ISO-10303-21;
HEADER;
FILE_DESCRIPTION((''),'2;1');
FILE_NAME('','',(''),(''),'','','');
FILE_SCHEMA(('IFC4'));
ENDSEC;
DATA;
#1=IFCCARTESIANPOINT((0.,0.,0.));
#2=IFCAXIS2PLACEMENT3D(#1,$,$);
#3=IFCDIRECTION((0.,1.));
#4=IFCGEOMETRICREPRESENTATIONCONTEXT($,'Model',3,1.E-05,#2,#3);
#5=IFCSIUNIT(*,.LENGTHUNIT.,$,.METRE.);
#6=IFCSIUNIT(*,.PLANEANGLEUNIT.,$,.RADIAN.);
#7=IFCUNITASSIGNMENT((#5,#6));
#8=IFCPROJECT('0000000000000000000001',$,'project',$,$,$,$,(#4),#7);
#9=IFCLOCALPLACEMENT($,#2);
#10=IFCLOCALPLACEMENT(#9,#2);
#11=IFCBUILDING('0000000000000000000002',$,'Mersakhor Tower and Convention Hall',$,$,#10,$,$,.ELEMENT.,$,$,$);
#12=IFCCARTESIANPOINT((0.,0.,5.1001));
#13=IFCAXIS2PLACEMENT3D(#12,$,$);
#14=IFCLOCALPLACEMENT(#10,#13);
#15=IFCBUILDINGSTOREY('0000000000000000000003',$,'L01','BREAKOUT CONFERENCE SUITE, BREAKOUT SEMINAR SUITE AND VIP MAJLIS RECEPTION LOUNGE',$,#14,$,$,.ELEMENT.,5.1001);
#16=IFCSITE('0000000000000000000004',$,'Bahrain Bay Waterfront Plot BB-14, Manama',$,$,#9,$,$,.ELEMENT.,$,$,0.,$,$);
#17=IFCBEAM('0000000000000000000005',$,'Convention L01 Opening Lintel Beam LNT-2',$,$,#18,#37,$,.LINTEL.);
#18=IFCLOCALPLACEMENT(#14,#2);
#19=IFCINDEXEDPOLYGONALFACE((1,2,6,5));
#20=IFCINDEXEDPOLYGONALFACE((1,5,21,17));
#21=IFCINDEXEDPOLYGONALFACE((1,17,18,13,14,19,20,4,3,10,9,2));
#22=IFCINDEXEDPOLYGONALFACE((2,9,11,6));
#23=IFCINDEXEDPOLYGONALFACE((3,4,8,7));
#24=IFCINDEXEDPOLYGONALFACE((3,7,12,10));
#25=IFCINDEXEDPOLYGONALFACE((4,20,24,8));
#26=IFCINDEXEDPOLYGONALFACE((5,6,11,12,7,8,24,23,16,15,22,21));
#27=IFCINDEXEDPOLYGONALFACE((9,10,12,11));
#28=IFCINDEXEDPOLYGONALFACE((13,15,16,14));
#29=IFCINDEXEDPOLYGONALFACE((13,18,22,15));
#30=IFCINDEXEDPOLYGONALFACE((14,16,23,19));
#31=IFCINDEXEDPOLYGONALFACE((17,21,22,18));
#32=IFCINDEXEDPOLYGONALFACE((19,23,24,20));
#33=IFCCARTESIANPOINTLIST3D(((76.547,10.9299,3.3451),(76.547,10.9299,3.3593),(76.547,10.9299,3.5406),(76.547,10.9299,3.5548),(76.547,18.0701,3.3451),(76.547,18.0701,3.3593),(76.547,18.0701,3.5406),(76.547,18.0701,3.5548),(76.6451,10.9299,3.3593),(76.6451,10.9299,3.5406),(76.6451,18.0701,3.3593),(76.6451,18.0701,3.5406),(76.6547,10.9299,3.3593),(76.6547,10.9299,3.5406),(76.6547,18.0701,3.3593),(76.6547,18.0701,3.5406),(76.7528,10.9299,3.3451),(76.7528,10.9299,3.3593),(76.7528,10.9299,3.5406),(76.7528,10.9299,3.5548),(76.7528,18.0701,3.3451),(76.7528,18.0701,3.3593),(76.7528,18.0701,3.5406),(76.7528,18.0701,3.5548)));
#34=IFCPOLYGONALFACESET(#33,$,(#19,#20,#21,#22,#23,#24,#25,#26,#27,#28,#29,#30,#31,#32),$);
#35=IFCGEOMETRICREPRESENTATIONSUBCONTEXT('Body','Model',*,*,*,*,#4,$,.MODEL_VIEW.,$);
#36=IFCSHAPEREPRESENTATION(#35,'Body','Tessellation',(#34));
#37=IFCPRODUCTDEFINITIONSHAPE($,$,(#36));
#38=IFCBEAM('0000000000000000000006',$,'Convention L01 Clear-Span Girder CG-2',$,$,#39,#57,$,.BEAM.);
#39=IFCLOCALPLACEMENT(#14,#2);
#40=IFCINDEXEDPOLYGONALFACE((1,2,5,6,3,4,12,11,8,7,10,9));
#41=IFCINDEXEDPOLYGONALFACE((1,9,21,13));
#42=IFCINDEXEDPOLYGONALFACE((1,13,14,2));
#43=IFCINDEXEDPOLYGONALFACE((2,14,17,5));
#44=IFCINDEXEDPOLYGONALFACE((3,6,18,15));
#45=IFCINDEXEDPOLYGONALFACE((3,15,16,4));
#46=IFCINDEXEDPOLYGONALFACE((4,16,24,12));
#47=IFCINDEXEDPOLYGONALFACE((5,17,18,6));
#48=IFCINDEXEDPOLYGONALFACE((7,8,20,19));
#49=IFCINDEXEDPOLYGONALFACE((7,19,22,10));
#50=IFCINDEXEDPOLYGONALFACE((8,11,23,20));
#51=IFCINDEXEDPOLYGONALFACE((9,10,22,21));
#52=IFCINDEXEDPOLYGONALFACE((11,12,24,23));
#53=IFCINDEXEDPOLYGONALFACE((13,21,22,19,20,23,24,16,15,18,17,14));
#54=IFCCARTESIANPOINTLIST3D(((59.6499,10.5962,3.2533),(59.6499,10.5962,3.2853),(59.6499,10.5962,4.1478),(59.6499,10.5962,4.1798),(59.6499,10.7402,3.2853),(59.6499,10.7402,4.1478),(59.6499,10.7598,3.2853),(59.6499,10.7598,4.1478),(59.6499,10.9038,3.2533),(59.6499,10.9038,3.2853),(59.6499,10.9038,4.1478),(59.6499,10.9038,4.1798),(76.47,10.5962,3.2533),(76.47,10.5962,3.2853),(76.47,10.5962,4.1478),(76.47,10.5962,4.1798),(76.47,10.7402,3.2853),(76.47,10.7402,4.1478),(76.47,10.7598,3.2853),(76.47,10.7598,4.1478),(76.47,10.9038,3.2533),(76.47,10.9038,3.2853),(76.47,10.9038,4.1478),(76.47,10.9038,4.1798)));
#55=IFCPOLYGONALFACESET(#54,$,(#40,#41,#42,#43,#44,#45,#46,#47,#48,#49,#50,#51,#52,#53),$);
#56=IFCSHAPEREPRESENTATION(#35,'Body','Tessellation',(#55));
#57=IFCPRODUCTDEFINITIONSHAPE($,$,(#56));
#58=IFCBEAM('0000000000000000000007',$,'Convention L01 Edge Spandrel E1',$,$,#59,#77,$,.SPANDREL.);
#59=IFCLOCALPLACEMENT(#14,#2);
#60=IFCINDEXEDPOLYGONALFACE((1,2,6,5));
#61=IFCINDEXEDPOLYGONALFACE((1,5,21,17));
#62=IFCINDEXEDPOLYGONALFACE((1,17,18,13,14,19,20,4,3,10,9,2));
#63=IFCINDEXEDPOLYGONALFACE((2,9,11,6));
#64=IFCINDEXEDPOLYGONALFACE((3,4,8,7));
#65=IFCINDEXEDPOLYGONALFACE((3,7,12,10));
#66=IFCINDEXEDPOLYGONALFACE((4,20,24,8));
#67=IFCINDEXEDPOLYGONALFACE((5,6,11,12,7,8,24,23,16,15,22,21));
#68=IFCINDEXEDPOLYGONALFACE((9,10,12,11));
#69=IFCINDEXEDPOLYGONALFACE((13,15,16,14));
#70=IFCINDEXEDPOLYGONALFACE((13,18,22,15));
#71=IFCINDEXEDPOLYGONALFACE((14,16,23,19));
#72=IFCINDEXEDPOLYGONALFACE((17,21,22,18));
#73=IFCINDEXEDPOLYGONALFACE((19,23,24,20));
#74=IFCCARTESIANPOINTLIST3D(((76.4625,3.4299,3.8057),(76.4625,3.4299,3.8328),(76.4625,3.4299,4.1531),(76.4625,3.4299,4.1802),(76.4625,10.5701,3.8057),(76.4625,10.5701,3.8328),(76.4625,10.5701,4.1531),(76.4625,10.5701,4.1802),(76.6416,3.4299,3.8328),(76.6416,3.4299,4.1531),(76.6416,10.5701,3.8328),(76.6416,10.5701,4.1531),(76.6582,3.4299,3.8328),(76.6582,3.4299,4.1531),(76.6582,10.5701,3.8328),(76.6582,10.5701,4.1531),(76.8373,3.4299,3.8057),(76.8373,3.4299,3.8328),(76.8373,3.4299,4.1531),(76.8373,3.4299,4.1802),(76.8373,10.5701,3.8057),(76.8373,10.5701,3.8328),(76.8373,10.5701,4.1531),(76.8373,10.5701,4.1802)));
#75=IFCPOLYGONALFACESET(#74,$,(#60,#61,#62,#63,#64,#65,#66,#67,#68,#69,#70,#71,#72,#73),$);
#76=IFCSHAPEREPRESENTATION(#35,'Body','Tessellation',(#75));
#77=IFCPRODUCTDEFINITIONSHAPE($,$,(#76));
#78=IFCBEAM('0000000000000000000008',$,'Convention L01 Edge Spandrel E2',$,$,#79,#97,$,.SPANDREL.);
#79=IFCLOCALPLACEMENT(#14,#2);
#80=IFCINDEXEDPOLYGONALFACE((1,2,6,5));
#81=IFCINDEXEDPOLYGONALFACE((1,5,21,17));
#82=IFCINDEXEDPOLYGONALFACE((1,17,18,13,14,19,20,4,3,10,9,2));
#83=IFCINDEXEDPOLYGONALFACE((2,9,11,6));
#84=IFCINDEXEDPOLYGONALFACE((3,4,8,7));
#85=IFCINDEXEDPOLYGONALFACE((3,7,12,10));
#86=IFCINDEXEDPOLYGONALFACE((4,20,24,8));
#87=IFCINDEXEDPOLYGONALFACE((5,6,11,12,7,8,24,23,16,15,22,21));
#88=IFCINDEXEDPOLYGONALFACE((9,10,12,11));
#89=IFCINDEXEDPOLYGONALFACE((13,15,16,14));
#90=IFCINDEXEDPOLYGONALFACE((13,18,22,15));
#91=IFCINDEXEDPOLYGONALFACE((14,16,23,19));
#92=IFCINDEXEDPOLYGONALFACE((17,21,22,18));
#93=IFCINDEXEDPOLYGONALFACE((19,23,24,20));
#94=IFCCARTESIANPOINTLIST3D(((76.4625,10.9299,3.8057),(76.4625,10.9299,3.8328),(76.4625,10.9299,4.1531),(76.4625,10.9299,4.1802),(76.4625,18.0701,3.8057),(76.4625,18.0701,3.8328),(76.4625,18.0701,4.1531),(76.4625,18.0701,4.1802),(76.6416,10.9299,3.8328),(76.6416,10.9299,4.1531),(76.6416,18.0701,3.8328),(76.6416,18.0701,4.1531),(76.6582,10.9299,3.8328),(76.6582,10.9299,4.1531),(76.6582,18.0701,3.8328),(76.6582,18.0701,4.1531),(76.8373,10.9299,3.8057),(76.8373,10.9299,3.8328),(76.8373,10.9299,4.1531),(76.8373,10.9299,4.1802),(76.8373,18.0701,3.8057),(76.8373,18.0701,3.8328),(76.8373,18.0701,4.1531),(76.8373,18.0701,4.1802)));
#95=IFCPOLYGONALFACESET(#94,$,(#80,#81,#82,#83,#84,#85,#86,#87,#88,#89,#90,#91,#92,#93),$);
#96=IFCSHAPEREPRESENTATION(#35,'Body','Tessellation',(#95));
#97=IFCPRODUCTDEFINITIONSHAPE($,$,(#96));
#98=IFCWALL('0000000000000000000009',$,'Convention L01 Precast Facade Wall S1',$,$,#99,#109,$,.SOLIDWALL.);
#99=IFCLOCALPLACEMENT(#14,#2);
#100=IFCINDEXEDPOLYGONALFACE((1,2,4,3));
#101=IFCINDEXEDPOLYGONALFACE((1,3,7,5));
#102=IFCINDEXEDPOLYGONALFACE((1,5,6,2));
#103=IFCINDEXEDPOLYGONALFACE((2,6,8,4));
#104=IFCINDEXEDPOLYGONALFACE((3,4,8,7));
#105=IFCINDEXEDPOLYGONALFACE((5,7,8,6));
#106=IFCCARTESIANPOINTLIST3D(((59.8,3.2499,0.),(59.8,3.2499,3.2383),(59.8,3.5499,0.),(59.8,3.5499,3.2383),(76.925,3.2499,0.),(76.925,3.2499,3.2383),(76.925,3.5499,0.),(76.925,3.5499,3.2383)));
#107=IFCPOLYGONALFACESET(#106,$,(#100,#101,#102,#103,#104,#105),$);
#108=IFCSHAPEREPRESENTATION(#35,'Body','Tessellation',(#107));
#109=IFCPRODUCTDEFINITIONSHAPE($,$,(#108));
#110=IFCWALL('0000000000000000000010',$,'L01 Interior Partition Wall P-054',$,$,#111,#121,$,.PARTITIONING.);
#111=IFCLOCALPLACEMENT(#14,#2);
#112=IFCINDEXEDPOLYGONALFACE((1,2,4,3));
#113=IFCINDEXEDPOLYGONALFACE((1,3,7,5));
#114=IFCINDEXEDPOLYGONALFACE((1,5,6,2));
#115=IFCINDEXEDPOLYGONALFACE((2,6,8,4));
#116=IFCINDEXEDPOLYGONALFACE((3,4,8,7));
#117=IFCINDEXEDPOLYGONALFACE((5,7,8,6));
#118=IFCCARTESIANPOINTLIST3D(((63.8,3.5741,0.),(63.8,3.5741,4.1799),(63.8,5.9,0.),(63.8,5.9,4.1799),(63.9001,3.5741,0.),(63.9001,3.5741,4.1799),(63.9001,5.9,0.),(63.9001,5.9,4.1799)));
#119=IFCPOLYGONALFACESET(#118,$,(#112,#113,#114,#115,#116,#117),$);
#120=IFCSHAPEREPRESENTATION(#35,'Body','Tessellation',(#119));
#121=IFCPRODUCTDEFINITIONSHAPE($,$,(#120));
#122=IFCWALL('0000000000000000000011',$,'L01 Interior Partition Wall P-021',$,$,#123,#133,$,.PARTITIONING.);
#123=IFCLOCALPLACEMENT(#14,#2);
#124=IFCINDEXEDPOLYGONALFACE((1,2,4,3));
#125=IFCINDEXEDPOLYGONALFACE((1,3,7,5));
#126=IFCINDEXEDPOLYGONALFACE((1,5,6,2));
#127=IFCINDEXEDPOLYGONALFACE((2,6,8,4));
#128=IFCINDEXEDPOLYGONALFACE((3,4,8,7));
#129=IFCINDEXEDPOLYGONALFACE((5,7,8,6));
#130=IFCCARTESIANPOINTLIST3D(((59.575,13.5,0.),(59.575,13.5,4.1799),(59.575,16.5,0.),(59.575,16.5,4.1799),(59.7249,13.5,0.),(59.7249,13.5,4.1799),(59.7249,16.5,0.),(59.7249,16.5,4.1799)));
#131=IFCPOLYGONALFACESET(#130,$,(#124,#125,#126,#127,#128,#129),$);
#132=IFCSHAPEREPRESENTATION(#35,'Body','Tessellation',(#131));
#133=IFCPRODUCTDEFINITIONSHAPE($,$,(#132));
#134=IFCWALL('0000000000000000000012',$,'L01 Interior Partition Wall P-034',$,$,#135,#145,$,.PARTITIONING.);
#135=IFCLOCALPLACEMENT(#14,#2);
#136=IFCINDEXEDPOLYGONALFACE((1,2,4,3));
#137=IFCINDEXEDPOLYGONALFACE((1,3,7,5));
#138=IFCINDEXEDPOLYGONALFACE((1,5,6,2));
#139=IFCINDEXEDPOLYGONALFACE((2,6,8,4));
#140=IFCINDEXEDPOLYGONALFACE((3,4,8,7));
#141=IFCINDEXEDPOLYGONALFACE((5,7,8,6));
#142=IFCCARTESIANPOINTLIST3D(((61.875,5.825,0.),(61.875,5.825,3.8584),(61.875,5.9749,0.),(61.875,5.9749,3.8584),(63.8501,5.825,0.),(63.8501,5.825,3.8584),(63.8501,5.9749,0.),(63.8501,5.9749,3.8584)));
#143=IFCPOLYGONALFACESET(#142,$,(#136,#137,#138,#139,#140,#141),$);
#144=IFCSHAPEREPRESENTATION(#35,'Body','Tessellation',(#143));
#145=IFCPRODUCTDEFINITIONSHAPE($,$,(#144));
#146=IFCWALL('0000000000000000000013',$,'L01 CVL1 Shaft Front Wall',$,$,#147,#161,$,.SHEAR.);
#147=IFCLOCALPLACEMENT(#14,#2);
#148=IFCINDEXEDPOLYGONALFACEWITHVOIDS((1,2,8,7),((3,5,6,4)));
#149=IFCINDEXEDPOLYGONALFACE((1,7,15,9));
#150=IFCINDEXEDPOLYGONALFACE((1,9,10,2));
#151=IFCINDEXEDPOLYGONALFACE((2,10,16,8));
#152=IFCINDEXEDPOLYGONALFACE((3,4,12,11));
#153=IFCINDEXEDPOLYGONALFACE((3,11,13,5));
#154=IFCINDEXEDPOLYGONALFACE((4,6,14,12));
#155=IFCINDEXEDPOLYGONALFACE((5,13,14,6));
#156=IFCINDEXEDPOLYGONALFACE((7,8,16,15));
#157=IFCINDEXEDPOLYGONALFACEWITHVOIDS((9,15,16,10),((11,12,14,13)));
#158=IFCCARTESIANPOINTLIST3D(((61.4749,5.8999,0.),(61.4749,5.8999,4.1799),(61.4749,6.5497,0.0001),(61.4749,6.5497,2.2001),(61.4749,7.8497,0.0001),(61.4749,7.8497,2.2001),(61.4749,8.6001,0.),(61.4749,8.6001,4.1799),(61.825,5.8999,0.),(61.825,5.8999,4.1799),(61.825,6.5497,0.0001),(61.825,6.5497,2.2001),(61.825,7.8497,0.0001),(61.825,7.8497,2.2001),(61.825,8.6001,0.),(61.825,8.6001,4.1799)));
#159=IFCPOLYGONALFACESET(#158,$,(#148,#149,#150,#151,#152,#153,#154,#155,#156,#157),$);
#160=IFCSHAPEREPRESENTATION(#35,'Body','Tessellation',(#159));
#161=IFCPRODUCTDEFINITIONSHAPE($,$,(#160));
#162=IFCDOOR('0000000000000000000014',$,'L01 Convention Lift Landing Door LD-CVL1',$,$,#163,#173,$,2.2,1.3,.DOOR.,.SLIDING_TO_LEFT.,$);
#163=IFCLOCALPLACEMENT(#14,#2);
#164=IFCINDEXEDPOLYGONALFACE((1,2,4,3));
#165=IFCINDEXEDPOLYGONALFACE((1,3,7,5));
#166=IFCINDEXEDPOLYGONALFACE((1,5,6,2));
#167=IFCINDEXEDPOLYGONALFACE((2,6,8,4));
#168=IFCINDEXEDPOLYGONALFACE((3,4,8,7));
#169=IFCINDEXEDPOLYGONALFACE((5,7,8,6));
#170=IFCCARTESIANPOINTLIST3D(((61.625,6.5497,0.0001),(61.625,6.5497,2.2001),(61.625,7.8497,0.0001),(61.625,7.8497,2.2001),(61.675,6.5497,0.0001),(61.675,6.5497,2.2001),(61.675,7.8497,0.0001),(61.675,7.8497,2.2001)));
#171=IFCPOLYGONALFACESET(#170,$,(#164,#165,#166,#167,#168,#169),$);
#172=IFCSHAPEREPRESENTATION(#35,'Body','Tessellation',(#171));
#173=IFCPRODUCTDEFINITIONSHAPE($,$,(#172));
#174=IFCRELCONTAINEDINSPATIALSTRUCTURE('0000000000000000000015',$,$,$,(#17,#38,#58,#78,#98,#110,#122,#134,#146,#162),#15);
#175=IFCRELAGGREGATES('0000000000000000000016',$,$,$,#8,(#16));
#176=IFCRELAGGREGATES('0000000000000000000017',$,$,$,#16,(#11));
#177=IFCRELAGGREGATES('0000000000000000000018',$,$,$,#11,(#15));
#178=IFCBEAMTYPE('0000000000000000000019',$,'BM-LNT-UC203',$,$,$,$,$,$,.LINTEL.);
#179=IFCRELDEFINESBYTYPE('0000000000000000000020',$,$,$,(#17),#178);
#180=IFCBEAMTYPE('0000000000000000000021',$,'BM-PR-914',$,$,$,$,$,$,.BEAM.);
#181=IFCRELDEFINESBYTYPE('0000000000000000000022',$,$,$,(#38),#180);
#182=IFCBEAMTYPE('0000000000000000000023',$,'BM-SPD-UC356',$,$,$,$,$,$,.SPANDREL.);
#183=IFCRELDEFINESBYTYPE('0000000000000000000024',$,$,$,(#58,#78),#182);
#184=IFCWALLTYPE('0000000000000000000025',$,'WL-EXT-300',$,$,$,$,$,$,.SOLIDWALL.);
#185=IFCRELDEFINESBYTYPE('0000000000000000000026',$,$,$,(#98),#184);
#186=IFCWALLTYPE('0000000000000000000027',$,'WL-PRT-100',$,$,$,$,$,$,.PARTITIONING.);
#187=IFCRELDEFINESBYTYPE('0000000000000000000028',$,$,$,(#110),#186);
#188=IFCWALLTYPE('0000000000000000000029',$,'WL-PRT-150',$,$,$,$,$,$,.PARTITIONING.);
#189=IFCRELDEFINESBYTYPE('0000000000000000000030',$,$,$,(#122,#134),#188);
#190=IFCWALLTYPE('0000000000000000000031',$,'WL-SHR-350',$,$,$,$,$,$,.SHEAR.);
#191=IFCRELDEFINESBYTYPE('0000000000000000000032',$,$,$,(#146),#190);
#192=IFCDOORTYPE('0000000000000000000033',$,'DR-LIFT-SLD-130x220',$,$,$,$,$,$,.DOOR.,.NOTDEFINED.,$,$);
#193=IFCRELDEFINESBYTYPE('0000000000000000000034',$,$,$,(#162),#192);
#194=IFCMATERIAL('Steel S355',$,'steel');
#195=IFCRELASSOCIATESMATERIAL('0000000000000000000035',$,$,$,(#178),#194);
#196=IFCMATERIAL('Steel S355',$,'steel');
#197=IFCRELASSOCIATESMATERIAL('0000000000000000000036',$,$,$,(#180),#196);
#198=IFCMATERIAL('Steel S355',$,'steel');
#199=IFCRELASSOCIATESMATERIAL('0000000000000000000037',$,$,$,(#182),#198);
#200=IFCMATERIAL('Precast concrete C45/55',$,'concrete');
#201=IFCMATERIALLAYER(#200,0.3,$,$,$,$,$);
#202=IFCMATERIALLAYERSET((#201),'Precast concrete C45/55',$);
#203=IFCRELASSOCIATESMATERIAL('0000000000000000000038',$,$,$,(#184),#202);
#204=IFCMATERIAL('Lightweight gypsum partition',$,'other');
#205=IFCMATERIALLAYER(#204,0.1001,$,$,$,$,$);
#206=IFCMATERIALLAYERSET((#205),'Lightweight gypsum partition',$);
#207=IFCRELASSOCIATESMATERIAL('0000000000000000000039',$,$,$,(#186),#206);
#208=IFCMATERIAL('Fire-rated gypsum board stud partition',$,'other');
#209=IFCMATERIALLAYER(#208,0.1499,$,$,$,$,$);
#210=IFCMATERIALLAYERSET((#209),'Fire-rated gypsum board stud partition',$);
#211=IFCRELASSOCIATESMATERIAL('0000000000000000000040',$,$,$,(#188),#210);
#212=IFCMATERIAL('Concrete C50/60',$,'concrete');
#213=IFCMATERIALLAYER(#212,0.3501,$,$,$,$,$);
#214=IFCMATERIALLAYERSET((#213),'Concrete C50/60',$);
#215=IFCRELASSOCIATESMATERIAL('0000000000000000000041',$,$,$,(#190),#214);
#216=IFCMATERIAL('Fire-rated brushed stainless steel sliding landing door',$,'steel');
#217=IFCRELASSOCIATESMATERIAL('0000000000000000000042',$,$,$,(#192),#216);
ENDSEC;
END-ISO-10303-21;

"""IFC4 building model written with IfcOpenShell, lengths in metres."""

from ifc_helpers import new_model, si_unit, direction, frame, frame_2d, origin, origin_2d, place, context, subcontext, project, spatial, rectangle, i_section, extrude, material, layer, layer_set, material_profile, profile_set, type_object, element, fill, save


model = new_model("IFC4")

# Units and contexts
model_context = context("Model", 3, precision=1e-05, world=origin(), true_north=direction((0.0, 1.0)))
body_context = subcontext(model_context, "Body", "Model", "MODEL_VIEW")
ifc_project = project(units=[si_unit("LENGTHUNIT", "METRE"), si_unit("PLANEANGLEUNIT", "RADIAN")], contexts=[model_context])

# Site, building, storey
site_placement = place(None, origin())
site = spatial("IfcSite", under=ifc_project, at=site_placement, Name="Bahrain Bay Waterfront Plot BB-14, Manama", CompositionType="ELEMENT", RefElevation=0.0)
building_placement = place(site_placement, origin())
building = spatial("IfcBuilding", under=site, at=building_placement, Name="Mersakhor Tower and Convention Hall", CompositionType="ELEMENT")
storey_placement = place(building_placement, frame((0.0, 0.0, 5.1001)))
storey = spatial("IfcBuildingStorey", under=building, at=storey_placement, Name="L01", Description="BREAKOUT CONFERENCE SUITE, BREAKOUT SEMINAR SUITE AND VIP MAJLIS RECEPTION LOUNGE", CompositionType="ELEMENT", Elevation=5.1001)

# Beams
ifc_material_1 = material(Name="Steel S355", Category="steel")
ifc_material_profile_1 = material_profile(ifc_material_1, i_section(OverallWidth=0.2058, OverallDepth=0.2097, WebThickness=0.0095, FlangeThickness=0.0142, at=origin_2d()), Name="UC 203x203x60")
ifc_profile_set_1 = profile_set([ifc_material_profile_1], Name="Steel S355")
beam_type_1 = type_object("IfcBeamType", Name="BM-LNT-UC203", PredefinedType="LINTEL", material=ifc_profile_set_1)
beam_1_placement = place(storey_placement, frame((76.6499, 10.9299, 3.45), z_axis=(0.0, 1.0, 0.0), x_axis=(-1.0, 0.0, 0.0)))
element("IfcBeam", 1, at=beam_1_placement, inside=storey, type_object=beam_type_1, Name="Convention L01 Opening Lintel Beam LNT-2", PredefinedType="LINTEL", context=body_context, shape_type="SweptSolid", body=[
    extrude(i_section(OverallWidth=0.2058, OverallDepth=0.2097, WebThickness=0.0095, FlangeThickness=0.0142, at=origin_2d()), origin(), (0.0, 0.0, 1.0), 7.1401),
])
ifc_material_2 = material(Name="Steel S355", Category="steel")
ifc_material_profile_2 = material_profile(ifc_material_2, i_section(OverallWidth=0.3076, OverallDepth=0.9265, WebThickness=0.0195, FlangeThickness=0.032, at=origin_2d()), Name="UB 914x305x289")
ifc_profile_set_2 = profile_set([ifc_material_profile_2], Name="Steel S355")
beam_type_2 = type_object("IfcBeamType", Name="BM-PR-914", PredefinedType="BEAM", material=ifc_profile_set_2)
beam_2_placement = place(storey_placement, frame((59.6499, 10.75, 3.7166), z_axis=(1.0, 0.0, 0.0), x_axis=(0.0, 1.0, 0.0)))
element("IfcBeam", 2, at=beam_2_placement, inside=storey, type_object=beam_type_2, Name="Convention L01 Clear-Span Girder CG-2", PredefinedType="BEAM", context=body_context, shape_type="SweptSolid", body=[
    extrude(i_section(OverallWidth=0.3076, OverallDepth=0.9265, WebThickness=0.0195, FlangeThickness=0.032, at=origin_2d()), origin(), (0.0, 0.0, 1.0), 16.8201),
])
ifc_material_3 = material(Name="Steel S355", Category="steel")
ifc_material_profile_3 = material_profile(ifc_material_3, i_section(OverallWidth=0.3748, OverallDepth=0.3745, WebThickness=0.0166, FlangeThickness=0.0271, at=origin_2d()), Name="UC 356x368x202")
ifc_profile_set_3 = profile_set([ifc_material_profile_3], Name="Steel S355")
beam_type_3 = type_object("IfcBeamType", Name="BM-SPD-UC356", PredefinedType="SPANDREL", material=ifc_profile_set_3)
for number, where, z_axis, x_axis, name in (
    (3, (76.6499, 3.4299, 3.9929), (0.0, 1.0, 0.0), (-1.0, 0.0, 0.0), "Convention L01 Edge Spandrel E1"),
    (4, (76.6499, 10.9299, 3.9929), (0.0, 1.0, 0.0), (-1.0, 0.0, 0.0), "Convention L01 Edge Spandrel E2"),
):
    element("IfcBeam", number, at=place(storey_placement, frame(where, z_axis=z_axis, x_axis=x_axis)), inside=storey, type_object=beam_type_3, Name=name, PredefinedType="SPANDREL", context=body_context, shape_type="SweptSolid", body=[
        extrude(i_section(OverallWidth=0.3748, OverallDepth=0.3745, WebThickness=0.0166, FlangeThickness=0.0271, at=origin_2d()), origin(), (0.0, 0.0, 1.0), 7.1401),
    ])

# Walls
ifc_material_4 = material(Name="Precast concrete C45/55", Category="concrete")
ifc_layer_1 = layer(ifc_material_4, 0.3)
ifc_layer_set_1 = layer_set([ifc_layer_1], Name="Precast concrete C45/55")
wall_type_1 = type_object("IfcWallType", Name="WL-EXT-300", PredefinedType="SOLIDWALL", material=ifc_layer_set_1)
wall_1_placement = place(storey_placement, frame((76.925, 3.3999, 0.0), z_axis=(0.0, 0.0, 1.0), x_axis=(-1.0, 0.0, 0.0)))
element("IfcWall", 5, at=wall_1_placement, inside=storey, type_object=wall_type_1, Name="Convention L01 Precast Facade Wall S1", PredefinedType="SOLIDWALL", context=body_context, shape_type="SweptSolid", body=[
    extrude(rectangle(XDim=17.125, YDim=0.3, at=frame_2d((8.5625, 0.0))), origin(), (0.0, 0.0, 1.0), 3.2383),
])
ifc_material_5 = material(Name="Lightweight gypsum partition", Category="other")
ifc_layer_2 = layer(ifc_material_5, 0.1001)
ifc_layer_set_2 = layer_set([ifc_layer_2], Name="Lightweight gypsum partition")
wall_type_2 = type_object("IfcWallType", Name="WL-PRT-100", PredefinedType="PARTITIONING", material=ifc_layer_set_2)
wall_2_placement = place(storey_placement, frame((63.8501, 3.574, 0.0), z_axis=(0.0, 0.0, 1.0), x_axis=(0.0, 1.0, 0.0)))
element("IfcWall", 6, at=wall_2_placement, inside=storey, type_object=wall_type_2, Name="L01 Interior Partition Wall P-054", PredefinedType="PARTITIONING", context=body_context, shape_type="SweptSolid", body=[
    extrude(rectangle(XDim=2.3259, YDim=0.1001, at=frame_2d((1.1631, 0.0))), origin(), (0.0, 0.0, 1.0), 4.1799),
])
ifc_material_6 = material(Name="Fire-rated gypsum board stud partition", Category="other")
ifc_layer_3 = layer(ifc_material_6, 0.1499)
ifc_layer_set_3 = layer_set([ifc_layer_3], Name="Fire-rated gypsum board stud partition")
wall_type_3 = type_object("IfcWallType", Name="WL-PRT-150", PredefinedType="PARTITIONING", material=ifc_layer_set_3)
wall_3_placement = place(storey_placement, frame((59.6499, 13.5, 0.0), z_axis=(0.0, 0.0, 1.0), x_axis=(0.0, 1.0, 0.0)))
element("IfcWall", 7, at=wall_3_placement, inside=storey, type_object=wall_type_3, Name="L01 Interior Partition Wall P-021", PredefinedType="PARTITIONING", context=body_context, shape_type="SweptSolid", body=[
    extrude(rectangle(XDim=3.0, YDim=0.1499, at=frame_2d((1.5, 0.0))), origin(), (0.0, 0.0, 1.0), 4.1799),
])
wall_4_placement = place(storey_placement, frame((63.8501, 5.8999, 0.0), z_axis=(0.0, 0.0, 1.0), x_axis=(-1.0, 0.0, 0.0)))
element("IfcWall", 8, at=wall_4_placement, inside=storey, type_object=wall_type_3, Name="L01 Interior Partition Wall P-034", PredefinedType="PARTITIONING", context=body_context, shape_type="SweptSolid", body=[
    extrude(rectangle(XDim=1.9751, YDim=0.1499, at=frame_2d((0.9875, 0.0))), origin(), (0.0, 0.0, 1.0), 3.8584),
])

# Wall, opening, door
ifc_material_7 = material(Name="Concrete C50/60", Category="concrete")
ifc_layer_4 = layer(ifc_material_7, 0.3501)
ifc_layer_set_4 = layer_set([ifc_layer_4], Name="Concrete C50/60")
wall_type_4 = type_object("IfcWallType", Name="WL-SHR-350", PredefinedType="SHEAR", material=ifc_layer_set_4)
wall_5_placement = place(storey_placement, frame((61.6499, 5.8999, 0.0), z_axis=(0.0, 0.0, 1.0), x_axis=(0.0, 1.0, 0.0)))
wall_5 = element("IfcWall", 9, at=wall_5_placement, inside=storey, type_object=wall_type_4, Name="L01 CVL1 Shaft Front Wall", PredefinedType="SHEAR", context=body_context, shape_type="SweptSolid", body=[
    extrude(rectangle(XDim=2.7002, YDim=0.3501, at=frame_2d((1.3501, 0.0))), origin(), (0.0, 0.0, 1.0), 4.1799),
])
opening_placement = place(wall_5_placement, frame((0.6499, 0.0, 0.0)))
opening = element("IfcOpeningElement", 10, at=opening_placement, cuts=wall_5, PredefinedType="OPENING", context=body_context, shape_type="SweptSolid", body=[
    extrude(rectangle(XDim=1.3, YDim=2.2, at=frame_2d((0.6499, 1.1001))), frame((0.0, 0.1851, 0.0), z_axis=(0.0, -1.0, 0.0), x_axis=(1.0, 0.0, 0.0)), (0.0, 0.0, 1.0), 0.3701),
])
ifc_material_8 = material(Name="Fire-rated brushed stainless steel sliding landing door", Category="steel")
door_type = type_object("IfcDoorType", Name="DR-LIFT-SLD-130x220", OperationType="NOTDEFINED", PredefinedType="DOOR", material=ifc_material_8)
door_placement = place(opening_placement, origin())
door = element("IfcDoor", 11, at=door_placement, inside=storey, type_object=door_type, Name="L01 Convention Lift Landing Door LD-CVL1", OperationType="SLIDING_TO_LEFT", OverallHeight=2.2, OverallWidth=1.3, PredefinedType="DOOR", context=body_context, shape_type="SweptSolid", body=[
    extrude(rectangle(XDim=1.3, YDim=2.2, at=frame_2d((0.6499, 1.1001))), frame((0.0, 0.0249, 0.0), z_axis=(0.0, -1.0, 0.0), x_axis=(1.0, 0.0, 0.0)), (0.0, 0.0, 1.0), 0.05),
])
fill(opening, door)

save(model, "model.ifc")
